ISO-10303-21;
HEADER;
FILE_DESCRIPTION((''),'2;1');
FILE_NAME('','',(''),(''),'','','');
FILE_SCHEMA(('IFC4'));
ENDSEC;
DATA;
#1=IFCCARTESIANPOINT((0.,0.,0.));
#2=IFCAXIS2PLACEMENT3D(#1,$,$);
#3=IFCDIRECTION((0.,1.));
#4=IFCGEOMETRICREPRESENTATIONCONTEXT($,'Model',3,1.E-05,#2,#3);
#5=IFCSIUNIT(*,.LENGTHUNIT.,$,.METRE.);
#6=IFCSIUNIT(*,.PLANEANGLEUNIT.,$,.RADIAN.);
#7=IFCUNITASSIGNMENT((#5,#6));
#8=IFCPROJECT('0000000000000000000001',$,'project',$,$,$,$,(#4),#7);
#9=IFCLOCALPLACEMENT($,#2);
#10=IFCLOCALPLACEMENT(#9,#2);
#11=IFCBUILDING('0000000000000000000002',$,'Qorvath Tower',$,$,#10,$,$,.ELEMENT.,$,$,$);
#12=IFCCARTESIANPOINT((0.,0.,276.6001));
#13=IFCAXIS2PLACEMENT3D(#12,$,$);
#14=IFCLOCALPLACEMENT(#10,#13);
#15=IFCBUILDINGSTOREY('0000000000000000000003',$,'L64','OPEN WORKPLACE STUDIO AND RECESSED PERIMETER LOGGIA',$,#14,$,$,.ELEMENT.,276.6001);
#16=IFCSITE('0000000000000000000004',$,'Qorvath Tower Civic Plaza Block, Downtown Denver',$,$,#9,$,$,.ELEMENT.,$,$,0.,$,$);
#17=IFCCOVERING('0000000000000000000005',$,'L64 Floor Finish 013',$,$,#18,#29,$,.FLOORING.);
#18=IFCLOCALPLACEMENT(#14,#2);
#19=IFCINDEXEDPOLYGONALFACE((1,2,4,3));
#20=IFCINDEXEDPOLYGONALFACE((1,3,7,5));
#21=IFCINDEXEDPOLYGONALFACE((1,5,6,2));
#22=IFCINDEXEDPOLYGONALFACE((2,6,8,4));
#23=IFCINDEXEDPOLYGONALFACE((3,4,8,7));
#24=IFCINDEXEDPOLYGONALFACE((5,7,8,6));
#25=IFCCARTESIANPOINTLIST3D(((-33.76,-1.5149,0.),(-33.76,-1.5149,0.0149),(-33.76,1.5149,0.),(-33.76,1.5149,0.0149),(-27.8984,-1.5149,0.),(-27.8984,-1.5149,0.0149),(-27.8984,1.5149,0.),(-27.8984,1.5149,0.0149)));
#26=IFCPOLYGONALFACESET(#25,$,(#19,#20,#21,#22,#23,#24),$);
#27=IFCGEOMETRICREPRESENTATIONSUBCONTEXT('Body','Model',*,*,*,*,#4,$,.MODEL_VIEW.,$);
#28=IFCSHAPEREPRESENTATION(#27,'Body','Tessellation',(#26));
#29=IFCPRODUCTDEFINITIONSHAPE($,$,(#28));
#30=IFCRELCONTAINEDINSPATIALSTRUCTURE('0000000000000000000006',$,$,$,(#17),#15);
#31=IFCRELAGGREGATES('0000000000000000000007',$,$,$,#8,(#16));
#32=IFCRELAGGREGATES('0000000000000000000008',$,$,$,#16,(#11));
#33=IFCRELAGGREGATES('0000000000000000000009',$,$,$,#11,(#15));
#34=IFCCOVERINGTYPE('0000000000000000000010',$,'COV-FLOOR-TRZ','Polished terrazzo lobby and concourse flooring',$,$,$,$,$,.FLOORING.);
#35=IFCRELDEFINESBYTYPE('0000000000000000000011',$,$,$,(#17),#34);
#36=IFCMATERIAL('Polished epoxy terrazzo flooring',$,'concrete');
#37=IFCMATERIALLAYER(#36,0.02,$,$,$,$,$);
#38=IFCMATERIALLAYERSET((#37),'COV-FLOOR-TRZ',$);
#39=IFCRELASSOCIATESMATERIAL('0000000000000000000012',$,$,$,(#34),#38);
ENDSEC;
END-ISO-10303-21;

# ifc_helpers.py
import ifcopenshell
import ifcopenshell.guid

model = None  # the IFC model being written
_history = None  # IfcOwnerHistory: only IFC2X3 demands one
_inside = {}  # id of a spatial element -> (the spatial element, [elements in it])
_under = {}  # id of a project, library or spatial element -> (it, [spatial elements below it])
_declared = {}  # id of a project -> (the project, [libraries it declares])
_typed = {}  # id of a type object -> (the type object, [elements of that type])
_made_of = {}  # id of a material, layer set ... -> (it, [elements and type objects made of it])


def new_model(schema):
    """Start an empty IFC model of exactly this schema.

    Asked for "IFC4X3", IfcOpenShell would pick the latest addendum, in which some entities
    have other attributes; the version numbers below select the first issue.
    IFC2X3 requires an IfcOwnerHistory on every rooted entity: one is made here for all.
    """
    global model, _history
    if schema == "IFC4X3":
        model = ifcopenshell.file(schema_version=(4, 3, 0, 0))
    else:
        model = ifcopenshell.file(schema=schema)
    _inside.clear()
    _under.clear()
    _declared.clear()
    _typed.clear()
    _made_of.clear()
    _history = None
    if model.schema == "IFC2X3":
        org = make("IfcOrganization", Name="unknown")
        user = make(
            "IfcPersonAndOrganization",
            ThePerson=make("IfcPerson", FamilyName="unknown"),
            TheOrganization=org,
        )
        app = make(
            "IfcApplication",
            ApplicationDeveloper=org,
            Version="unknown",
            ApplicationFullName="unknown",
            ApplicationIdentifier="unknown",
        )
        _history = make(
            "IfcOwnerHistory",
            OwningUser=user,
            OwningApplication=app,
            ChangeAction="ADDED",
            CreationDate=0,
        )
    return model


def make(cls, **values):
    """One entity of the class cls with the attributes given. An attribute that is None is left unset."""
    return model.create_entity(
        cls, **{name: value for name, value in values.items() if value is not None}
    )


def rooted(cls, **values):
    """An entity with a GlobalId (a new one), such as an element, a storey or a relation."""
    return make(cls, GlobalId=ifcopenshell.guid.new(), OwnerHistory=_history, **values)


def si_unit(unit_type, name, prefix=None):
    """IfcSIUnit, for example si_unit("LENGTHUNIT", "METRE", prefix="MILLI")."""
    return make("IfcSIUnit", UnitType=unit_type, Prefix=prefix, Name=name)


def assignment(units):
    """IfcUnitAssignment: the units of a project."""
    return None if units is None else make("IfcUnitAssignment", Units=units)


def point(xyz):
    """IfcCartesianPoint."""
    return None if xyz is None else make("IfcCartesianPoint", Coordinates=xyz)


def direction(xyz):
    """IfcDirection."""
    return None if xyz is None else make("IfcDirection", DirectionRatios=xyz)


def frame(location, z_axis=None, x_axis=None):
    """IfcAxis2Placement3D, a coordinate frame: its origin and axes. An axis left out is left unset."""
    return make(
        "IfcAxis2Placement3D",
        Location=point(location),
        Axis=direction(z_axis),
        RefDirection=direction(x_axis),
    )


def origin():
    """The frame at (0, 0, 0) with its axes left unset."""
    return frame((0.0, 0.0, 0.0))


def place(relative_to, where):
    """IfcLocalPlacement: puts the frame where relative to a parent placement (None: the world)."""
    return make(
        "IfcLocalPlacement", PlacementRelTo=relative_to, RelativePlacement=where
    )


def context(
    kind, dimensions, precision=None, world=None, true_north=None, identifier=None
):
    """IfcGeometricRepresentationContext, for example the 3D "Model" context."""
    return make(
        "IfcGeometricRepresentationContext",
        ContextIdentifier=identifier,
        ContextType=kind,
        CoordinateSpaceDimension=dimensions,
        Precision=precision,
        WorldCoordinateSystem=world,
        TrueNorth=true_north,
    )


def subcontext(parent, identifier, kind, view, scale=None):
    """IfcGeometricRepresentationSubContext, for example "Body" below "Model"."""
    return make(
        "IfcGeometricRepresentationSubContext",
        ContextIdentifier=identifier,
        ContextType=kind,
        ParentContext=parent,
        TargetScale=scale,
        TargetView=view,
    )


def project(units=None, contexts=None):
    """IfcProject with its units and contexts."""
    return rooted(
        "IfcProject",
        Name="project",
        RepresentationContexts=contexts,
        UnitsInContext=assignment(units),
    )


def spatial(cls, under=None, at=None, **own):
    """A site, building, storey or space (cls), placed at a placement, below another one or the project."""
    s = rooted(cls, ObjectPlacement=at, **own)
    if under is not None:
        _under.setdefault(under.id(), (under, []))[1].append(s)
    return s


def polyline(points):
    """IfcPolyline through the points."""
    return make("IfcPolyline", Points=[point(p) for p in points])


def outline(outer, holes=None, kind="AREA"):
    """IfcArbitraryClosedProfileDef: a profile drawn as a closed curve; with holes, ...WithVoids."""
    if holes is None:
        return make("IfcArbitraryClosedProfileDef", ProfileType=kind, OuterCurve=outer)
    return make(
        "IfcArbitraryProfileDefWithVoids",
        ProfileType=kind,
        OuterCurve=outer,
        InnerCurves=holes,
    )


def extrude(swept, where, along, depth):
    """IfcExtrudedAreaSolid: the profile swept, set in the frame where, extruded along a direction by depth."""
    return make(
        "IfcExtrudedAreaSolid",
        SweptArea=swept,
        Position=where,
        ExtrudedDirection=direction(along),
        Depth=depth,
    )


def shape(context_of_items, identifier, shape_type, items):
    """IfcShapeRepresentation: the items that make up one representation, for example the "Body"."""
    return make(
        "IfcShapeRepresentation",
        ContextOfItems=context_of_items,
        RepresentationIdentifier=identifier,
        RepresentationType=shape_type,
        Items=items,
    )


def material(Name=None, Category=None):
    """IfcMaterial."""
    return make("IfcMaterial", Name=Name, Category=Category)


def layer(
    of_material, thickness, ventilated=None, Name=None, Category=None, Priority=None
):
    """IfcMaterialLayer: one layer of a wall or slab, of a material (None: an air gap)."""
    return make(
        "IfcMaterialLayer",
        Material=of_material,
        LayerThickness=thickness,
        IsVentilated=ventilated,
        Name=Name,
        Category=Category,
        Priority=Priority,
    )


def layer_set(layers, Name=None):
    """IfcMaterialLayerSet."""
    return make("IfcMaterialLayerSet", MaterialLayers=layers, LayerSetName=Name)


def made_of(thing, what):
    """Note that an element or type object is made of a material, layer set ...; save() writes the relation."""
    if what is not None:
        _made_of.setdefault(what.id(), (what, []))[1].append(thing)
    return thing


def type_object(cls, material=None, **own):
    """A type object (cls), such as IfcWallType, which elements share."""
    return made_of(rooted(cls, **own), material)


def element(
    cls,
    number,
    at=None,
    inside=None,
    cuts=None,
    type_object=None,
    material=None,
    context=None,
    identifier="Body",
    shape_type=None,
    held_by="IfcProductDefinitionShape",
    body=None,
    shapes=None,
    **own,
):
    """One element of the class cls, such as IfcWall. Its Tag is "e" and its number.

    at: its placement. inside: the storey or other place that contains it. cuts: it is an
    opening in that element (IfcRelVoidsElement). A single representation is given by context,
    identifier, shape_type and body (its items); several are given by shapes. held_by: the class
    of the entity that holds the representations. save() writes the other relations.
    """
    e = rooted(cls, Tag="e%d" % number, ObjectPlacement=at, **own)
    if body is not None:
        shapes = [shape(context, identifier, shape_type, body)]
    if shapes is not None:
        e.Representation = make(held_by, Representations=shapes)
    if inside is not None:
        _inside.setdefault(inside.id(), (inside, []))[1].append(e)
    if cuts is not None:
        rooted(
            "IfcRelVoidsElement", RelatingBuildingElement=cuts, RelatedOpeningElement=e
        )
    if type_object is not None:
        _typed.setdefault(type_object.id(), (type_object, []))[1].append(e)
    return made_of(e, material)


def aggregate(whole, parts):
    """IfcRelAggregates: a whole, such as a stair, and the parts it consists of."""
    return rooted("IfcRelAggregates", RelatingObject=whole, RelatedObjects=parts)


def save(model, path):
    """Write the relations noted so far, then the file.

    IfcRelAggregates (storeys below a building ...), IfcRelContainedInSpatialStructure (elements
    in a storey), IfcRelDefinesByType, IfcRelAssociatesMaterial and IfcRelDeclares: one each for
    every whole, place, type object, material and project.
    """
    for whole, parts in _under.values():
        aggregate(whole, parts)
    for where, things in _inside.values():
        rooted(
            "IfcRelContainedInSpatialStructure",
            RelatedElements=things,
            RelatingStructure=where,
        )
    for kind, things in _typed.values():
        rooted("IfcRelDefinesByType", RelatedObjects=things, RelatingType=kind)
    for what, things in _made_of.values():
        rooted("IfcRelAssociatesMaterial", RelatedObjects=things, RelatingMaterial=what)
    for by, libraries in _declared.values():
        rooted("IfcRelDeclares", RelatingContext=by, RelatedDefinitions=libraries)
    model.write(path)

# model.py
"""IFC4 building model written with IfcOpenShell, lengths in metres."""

from ifc_helpers import new_model, si_unit, direction, frame, origin, place, context, subcontext, project, spatial, polyline, outline, extrude, material, layer, layer_set, type_object, element, save


model = new_model("IFC4")

# Units and contexts
model_context = context("Model", 3, precision=1e-05, world=origin(), true_north=direction((0.0, 1.0)))
body_context = subcontext(model_context, "Body", "Model", "MODEL_VIEW")
ifc_project = project(units=[si_unit("LENGTHUNIT", "METRE"), si_unit("PLANEANGLEUNIT", "RADIAN")], contexts=[model_context])

# Site, building, storey
site_placement = place(None, origin())
site = spatial("IfcSite", under=ifc_project, at=site_placement, Name="Qorvath Tower Civic Plaza Block, Downtown Denver", CompositionType="ELEMENT", RefElevation=0.0)
building_placement = place(site_placement, origin())
building = spatial("IfcBuilding", under=site, at=building_placement, Name="Qorvath Tower", CompositionType="ELEMENT")
storey_placement = place(building_placement, frame((0.0, 0.0, 276.6001)))
storey = spatial("IfcBuildingStorey", under=building, at=storey_placement, Name="L64", Description="OPEN WORKPLACE STUDIO AND RECESSED PERIMETER LOGGIA", CompositionType="ELEMENT", Elevation=276.6001)

# Covering
ifc_material_1 = material(Name="Polished epoxy terrazzo flooring", Category="concrete")
ifc_layer_1 = layer(ifc_material_1, 0.02)
ifc_layer_set_1 = layer_set([ifc_layer_1], Name="COV-FLOOR-TRZ")
covering_type_1 = type_object("IfcCoveringType", Name="COV-FLOOR-TRZ", Description="Polished terrazzo lobby and concourse flooring", PredefinedType="FLOORING", material=ifc_layer_set_1)
covering_1_placement = place(storey_placement, origin())
element("IfcCovering", 1, at=covering_1_placement, inside=storey, type_object=covering_type_1, Name="L64 Floor Finish 013", PredefinedType="FLOORING", context=body_context, shape_type="SweptSolid", body=[
    extrude(outline(polyline([(-27.8984, -1.5149), (-27.8984, 1.5149), (-33.76, 1.5149), (-33.76, -1.5149), (-27.8984, -1.5149)])), origin(), (0.0, 0.0, 1.0), 0.0149),
])

save(model, "model.ifc")
